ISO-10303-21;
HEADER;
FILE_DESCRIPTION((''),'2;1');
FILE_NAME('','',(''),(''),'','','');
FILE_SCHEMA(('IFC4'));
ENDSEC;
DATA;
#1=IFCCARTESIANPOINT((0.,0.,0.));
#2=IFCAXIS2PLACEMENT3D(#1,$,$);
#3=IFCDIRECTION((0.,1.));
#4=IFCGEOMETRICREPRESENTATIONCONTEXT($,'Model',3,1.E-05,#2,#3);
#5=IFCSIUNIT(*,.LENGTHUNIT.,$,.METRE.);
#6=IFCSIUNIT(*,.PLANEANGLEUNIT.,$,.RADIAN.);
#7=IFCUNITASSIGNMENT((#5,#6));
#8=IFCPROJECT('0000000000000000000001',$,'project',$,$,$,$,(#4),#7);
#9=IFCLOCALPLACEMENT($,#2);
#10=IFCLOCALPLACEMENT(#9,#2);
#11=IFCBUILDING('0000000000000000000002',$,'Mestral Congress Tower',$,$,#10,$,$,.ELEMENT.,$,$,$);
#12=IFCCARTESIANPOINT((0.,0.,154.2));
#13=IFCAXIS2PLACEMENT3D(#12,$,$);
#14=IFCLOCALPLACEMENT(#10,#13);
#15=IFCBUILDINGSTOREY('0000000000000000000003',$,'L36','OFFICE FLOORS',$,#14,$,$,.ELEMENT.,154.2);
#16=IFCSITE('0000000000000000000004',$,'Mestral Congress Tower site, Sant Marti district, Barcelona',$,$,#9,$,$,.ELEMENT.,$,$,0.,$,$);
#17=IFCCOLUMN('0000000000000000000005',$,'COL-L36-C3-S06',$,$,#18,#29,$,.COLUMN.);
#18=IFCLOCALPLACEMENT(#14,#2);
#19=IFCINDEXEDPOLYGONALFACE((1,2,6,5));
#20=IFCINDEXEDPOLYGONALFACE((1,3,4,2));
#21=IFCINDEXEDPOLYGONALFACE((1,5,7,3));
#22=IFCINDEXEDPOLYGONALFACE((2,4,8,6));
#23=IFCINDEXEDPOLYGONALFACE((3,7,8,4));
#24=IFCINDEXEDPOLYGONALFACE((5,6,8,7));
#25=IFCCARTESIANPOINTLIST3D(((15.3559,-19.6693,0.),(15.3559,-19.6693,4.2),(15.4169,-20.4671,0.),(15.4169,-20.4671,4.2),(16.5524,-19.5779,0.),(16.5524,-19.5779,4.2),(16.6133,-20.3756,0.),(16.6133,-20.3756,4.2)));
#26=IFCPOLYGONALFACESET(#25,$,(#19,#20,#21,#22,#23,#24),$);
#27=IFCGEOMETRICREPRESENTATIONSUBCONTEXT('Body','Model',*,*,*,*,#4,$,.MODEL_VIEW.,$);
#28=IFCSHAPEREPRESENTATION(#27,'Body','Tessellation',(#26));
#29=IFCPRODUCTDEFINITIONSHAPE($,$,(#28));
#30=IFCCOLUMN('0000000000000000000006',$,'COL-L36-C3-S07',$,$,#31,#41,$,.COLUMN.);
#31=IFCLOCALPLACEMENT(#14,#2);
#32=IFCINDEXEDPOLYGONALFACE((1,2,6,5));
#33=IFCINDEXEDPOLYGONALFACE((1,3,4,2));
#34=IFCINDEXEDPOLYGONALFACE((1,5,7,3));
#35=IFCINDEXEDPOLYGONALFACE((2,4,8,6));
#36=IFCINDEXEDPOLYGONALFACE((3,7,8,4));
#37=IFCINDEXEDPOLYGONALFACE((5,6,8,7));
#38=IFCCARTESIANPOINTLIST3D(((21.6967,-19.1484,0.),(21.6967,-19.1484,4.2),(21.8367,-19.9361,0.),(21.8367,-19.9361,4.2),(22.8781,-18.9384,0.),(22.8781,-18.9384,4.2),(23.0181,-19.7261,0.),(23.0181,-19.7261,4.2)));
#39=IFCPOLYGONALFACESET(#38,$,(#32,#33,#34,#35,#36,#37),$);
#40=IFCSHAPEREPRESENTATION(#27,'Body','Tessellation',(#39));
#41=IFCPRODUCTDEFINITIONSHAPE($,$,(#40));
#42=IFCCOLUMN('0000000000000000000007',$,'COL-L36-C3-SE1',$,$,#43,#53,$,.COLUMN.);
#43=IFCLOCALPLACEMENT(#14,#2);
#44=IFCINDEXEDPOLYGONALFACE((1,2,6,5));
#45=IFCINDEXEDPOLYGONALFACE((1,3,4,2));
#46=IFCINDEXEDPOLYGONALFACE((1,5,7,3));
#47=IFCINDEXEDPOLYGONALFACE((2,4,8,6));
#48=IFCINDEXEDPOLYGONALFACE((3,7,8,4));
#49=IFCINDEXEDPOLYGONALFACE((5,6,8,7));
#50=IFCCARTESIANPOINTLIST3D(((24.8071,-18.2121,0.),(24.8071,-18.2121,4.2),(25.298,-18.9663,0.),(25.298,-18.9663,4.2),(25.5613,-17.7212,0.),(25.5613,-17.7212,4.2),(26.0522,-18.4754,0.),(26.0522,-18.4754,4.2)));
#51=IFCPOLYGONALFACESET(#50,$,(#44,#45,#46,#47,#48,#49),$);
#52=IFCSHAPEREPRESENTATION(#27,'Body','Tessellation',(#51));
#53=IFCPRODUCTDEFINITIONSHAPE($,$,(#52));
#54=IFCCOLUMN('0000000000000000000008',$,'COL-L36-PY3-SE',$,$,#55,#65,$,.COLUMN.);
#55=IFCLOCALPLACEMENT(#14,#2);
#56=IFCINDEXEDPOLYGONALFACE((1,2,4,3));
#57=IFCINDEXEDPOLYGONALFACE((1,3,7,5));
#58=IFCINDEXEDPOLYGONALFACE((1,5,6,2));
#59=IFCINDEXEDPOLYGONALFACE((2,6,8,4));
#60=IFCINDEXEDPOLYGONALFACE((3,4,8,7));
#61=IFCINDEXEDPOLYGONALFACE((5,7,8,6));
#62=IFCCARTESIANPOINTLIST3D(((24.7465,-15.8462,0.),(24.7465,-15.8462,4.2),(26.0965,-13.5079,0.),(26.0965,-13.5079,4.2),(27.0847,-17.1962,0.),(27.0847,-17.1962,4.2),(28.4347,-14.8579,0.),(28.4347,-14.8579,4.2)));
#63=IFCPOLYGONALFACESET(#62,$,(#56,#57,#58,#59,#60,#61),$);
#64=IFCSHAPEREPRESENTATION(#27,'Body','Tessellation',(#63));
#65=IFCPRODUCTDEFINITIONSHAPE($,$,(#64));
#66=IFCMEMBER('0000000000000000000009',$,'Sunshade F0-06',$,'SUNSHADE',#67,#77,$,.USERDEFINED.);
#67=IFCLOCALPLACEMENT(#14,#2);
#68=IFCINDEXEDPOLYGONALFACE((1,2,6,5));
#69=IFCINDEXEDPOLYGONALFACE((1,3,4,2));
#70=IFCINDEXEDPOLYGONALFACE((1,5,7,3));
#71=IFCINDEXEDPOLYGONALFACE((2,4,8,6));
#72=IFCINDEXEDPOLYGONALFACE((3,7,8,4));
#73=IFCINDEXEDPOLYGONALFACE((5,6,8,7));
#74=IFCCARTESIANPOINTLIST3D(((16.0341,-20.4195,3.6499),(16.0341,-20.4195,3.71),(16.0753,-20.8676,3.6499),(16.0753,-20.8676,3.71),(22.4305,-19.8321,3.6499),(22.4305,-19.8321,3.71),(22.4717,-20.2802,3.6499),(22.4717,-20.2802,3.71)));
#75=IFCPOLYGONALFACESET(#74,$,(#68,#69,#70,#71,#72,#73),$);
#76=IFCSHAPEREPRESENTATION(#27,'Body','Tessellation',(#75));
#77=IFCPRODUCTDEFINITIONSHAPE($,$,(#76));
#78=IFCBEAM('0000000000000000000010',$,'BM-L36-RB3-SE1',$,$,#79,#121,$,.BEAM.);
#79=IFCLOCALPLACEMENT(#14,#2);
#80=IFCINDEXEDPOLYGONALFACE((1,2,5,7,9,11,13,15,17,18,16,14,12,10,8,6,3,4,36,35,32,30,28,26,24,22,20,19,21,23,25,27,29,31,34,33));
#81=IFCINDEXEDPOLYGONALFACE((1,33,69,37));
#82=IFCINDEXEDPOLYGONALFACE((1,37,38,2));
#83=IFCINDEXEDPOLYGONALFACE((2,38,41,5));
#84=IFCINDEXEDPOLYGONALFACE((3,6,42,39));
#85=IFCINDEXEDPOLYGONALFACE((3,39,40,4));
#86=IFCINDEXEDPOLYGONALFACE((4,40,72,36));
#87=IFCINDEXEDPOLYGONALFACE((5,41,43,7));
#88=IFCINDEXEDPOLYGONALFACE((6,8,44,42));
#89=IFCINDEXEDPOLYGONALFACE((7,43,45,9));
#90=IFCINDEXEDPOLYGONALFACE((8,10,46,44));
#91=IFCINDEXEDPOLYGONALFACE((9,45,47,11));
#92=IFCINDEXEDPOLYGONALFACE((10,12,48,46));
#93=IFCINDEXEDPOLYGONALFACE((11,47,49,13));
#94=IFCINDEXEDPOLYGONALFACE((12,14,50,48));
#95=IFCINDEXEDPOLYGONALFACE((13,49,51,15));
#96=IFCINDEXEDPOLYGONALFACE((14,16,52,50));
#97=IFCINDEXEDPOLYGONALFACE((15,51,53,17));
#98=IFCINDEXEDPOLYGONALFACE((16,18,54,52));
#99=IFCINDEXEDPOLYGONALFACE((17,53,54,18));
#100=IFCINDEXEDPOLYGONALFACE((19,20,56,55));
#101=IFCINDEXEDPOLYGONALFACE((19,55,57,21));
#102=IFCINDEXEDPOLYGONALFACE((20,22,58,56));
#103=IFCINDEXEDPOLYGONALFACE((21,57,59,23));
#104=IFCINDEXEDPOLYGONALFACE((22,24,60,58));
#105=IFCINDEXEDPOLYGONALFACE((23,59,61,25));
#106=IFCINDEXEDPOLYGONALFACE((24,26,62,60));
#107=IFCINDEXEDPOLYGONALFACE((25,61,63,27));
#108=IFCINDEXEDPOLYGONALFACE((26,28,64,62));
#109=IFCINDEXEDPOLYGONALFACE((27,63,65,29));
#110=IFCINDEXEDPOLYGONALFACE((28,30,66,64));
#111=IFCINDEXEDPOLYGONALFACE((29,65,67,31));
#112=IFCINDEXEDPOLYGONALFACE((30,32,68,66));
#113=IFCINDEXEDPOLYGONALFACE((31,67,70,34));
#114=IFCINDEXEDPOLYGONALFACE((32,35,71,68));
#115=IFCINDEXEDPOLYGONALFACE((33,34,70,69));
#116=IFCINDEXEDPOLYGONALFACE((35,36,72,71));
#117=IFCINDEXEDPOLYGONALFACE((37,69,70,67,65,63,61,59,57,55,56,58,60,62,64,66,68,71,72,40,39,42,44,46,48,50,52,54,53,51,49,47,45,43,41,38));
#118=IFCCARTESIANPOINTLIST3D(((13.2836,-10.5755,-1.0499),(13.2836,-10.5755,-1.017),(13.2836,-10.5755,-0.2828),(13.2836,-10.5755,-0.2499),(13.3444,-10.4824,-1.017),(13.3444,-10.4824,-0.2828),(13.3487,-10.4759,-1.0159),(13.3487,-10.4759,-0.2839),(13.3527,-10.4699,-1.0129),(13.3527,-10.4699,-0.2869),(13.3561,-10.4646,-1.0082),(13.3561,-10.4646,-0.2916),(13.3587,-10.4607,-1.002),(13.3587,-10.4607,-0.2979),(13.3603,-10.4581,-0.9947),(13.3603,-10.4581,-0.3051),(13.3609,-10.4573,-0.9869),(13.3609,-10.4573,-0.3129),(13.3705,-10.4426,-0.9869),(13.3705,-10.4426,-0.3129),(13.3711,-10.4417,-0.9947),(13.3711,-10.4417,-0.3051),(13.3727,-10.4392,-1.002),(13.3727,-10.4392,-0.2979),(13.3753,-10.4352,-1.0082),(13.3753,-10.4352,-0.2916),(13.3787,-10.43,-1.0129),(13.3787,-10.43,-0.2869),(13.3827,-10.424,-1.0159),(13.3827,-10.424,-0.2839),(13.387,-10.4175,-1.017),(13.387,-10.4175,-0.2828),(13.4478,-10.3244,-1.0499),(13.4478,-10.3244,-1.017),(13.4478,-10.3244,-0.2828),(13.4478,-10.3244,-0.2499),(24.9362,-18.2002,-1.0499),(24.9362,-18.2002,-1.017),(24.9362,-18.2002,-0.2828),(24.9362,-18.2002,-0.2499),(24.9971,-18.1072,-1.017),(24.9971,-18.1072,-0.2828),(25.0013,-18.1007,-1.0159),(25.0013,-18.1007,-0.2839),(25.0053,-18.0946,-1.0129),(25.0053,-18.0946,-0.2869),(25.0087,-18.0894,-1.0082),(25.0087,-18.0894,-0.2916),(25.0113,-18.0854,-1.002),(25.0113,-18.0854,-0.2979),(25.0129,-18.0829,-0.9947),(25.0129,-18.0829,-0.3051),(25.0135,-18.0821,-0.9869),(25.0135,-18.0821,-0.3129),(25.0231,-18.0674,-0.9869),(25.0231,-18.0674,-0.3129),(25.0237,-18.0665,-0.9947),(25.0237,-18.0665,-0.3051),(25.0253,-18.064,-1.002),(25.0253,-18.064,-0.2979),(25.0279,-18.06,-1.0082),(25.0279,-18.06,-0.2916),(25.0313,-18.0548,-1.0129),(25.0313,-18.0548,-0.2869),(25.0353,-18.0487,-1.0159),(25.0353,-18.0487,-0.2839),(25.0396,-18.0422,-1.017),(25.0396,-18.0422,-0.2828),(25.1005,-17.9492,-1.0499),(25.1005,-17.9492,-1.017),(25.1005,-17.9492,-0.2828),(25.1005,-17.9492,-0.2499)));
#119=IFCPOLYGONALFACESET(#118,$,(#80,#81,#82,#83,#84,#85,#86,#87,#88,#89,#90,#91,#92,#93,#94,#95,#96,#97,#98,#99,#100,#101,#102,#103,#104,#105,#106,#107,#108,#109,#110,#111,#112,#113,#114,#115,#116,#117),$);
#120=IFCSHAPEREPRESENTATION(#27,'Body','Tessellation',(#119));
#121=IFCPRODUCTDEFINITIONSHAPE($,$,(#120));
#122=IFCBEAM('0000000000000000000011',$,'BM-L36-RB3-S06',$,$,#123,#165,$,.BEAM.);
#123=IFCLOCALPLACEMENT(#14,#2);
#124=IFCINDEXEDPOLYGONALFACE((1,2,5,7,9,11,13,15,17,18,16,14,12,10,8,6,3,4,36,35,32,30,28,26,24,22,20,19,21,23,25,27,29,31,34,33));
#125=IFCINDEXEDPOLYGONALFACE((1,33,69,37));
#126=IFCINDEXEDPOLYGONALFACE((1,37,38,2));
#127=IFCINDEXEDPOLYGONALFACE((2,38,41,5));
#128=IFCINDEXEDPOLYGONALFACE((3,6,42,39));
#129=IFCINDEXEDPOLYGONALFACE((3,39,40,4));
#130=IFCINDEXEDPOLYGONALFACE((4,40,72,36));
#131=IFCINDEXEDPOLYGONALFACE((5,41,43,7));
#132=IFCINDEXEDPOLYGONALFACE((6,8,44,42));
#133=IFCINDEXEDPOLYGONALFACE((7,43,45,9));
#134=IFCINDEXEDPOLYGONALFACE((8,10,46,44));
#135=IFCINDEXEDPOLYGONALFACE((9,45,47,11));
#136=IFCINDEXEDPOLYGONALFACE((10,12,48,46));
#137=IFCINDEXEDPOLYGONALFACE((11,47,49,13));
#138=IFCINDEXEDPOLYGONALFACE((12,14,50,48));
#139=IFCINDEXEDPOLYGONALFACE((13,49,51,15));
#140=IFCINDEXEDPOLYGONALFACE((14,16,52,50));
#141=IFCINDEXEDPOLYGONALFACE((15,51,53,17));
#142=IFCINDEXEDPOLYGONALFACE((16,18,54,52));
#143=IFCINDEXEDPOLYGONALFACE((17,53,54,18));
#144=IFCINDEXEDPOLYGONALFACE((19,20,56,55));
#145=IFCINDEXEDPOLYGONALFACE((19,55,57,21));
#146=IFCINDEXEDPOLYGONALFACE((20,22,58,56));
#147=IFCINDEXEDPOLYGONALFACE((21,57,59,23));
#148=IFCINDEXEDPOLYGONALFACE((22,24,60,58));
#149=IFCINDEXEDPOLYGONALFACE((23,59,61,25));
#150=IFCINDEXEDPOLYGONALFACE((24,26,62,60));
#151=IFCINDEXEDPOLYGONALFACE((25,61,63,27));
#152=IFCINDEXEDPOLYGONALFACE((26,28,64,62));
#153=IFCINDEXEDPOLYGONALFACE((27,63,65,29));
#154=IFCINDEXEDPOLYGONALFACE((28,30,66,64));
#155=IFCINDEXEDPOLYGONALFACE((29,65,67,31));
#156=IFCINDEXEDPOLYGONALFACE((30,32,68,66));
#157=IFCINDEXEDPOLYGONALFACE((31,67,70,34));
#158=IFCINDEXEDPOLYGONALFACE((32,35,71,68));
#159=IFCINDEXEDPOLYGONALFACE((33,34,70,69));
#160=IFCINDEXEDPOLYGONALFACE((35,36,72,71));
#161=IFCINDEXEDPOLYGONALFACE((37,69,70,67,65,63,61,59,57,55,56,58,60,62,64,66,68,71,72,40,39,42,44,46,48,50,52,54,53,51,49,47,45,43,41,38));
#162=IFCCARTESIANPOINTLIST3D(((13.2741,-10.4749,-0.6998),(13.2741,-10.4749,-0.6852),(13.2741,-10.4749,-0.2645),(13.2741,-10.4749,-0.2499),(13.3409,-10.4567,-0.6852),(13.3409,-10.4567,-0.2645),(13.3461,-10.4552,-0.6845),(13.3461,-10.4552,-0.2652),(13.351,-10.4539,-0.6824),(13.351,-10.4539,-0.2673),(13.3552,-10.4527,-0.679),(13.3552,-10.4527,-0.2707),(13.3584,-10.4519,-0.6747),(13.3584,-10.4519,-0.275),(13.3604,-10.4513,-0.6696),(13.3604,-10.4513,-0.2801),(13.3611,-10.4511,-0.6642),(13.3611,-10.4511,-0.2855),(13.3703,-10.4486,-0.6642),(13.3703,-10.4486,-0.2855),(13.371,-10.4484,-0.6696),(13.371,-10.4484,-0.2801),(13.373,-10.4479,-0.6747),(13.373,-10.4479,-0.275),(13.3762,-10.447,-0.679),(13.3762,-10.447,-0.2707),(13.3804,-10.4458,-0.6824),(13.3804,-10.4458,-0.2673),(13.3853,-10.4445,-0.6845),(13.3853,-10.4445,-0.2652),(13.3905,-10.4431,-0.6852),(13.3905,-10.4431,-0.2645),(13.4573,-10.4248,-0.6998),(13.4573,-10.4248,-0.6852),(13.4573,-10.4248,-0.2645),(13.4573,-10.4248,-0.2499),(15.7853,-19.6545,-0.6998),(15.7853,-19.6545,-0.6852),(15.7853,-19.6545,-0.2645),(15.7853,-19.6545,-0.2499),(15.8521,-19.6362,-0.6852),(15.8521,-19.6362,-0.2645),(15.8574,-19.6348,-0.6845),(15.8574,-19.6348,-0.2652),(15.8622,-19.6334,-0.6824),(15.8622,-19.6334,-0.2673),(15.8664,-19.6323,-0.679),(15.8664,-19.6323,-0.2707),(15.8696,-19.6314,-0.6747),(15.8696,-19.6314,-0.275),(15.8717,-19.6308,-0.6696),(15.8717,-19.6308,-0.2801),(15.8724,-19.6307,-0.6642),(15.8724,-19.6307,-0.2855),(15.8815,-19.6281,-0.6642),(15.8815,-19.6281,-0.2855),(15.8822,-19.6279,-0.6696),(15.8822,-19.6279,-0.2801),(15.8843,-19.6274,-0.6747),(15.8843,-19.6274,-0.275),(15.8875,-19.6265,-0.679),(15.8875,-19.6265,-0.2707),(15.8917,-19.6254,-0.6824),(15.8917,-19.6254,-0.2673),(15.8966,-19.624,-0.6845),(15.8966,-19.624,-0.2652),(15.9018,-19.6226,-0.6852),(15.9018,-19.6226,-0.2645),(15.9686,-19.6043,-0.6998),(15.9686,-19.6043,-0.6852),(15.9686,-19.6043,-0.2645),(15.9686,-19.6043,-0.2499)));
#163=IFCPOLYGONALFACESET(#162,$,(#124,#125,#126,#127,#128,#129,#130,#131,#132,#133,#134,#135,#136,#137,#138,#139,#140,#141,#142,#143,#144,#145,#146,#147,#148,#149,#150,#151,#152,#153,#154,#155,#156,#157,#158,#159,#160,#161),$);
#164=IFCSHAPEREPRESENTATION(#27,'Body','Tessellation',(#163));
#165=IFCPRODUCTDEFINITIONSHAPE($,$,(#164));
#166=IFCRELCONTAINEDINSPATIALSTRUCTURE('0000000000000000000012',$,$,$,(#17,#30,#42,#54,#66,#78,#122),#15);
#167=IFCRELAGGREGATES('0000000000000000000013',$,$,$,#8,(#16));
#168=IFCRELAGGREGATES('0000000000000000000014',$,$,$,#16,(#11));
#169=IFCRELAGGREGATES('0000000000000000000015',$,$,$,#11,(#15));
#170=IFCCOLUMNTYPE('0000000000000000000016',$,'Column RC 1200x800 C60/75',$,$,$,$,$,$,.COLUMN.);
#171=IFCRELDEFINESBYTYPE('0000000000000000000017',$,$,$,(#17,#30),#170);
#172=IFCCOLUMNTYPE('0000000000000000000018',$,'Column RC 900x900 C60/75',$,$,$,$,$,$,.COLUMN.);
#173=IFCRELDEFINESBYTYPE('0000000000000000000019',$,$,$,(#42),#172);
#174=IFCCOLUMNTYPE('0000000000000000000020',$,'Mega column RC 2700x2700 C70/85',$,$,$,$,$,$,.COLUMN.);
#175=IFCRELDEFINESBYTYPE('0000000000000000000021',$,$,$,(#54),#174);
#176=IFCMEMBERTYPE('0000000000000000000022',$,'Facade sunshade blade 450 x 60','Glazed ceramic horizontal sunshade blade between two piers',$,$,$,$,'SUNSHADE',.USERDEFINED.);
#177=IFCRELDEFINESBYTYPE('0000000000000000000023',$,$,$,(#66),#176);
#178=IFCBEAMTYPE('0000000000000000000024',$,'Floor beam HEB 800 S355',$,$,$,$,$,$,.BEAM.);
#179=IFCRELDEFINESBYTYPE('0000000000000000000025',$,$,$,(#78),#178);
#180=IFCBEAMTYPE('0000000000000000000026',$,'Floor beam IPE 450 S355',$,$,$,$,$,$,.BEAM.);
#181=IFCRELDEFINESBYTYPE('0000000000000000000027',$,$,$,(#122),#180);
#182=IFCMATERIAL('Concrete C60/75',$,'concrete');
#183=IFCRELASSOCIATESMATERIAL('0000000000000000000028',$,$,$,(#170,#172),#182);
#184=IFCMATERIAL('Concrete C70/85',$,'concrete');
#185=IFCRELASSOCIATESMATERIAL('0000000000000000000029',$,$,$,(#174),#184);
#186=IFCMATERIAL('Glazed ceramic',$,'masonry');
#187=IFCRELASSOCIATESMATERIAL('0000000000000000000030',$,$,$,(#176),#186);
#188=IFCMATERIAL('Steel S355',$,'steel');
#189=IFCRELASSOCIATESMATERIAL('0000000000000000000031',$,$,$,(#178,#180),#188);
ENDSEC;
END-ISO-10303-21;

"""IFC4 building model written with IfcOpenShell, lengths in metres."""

from ifc_helpers import new_model, si_unit, direction, frame, origin, origin_2d, place, context, subcontext, project, spatial, rectangle, i_section, extrude, material, material_profile, profile_set, type_object, element, save


model = new_model("IFC4")

# Units and contexts
model_context = context("Model", 3, precision=1e-05, world=origin(), true_north=direction((0.0, 1.0)))
body_context = subcontext(model_context, "Body", "Model", "MODEL_VIEW")
ifc_project = project(units=[si_unit("LENGTHUNIT", "METRE"), si_unit("PLANEANGLEUNIT", "RADIAN")], contexts=[model_context])

# Site, building, storey
site_placement = place(None, origin())
site = spatial("IfcSite", under=ifc_project, at=site_placement, Name="Mestral Congress Tower site, Sant Marti district, Barcelona", CompositionType="ELEMENT", RefElevation=0.0)
building_placement = place(site_placement, origin())
building = spatial("IfcBuilding", under=site, at=building_placement, Name="Mestral Congress Tower", CompositionType="ELEMENT")
storey_placement = place(building_placement, frame((0.0, 0.0, 154.2)))
storey = spatial("IfcBuildingStorey", under=building, at=storey_placement, Name="L36", Description="OFFICE FLOORS", CompositionType="ELEMENT", Elevation=154.2)

# Columns
ifc_material_1 = material(Name="Concrete C60/75", Category="concrete")
ifc_material_profile_1 = material_profile(ifc_material_1, rectangle(XDim=1.2, YDim=0.8, at=origin_2d()), Name="RC 1200x800")
ifc_profile_set_1 = profile_set([ifc_material_profile_1], Name="Concrete C60/75")
column_type_1 = type_object("IfcColumnType", Name="Column RC 1200x800 C60/75", PredefinedType="COLUMN", material=ifc_profile_set_1)
for number, where, z_axis, x_axis, name in (
    (1, (15.9846, -20.0225, 0.0), (0.0, 0.0, 1.0), (0.99709, 0.076237, 0.0), "COL-L36-C3-S06"),
    (2, (22.3574, -19.4373, 0.0), (0.0, 0.0, 1.0), (0.984571, 0.174985, 0.0), "COL-L36-C3-S07"),
):
    element("IfcColumn", number, at=place(storey_placement, frame(where, z_axis=z_axis, x_axis=x_axis)), inside=storey, type_object=column_type_1, Name=name, PredefinedType="COLUMN", context=body_context, shape_type="SweptSolid", body=[
        extrude(rectangle(XDim=1.2, YDim=0.8, at=origin_2d()), origin(), (0.0, 0.0, 1.0), 4.2),
    ])
ifc_material_profile_2 = material_profile(ifc_material_1, rectangle(XDim=0.8999, YDim=0.8999, at=origin_2d()), Name="RC 900x900")
ifc_profile_set_2 = profile_set([ifc_material_profile_2], Name="Concrete C60/75")
column_type_2 = type_object("IfcColumnType", Name="Column RC 900x900 C60/75", PredefinedType="COLUMN", material=ifc_profile_set_2)
column_1_placement = place(storey_placement, frame((25.4297, -18.3438, 0.0), z_axis=(0.0, 0.0, 1.0), x_axis=(0.838094, 0.545526, 0.0)))
element("IfcColumn", 3, at=column_1_placement, inside=storey, type_object=column_type_2, Name="COL-L36-C3-SE1", PredefinedType="COLUMN", context=body_context, shape_type="SweptSolid", body=[
    extrude(rectangle(XDim=0.8999, YDim=0.8999, at=origin_2d()), origin(), (0.0, 0.0, 1.0), 4.2),
])
ifc_material_2 = material(Name="Concrete C70/85", Category="concrete")
ifc_material_profile_3 = material_profile(ifc_material_2, rectangle(XDim=2.7, YDim=2.7, at=origin_2d()), Name="RC 2700x2700")
ifc_profile_set_3 = profile_set([ifc_material_profile_3], Name="Concrete C70/85")
column_type_3 = type_object("IfcColumnType", Name="Mega column RC 2700x2700 C70/85", PredefinedType="COLUMN", material=ifc_profile_set_3)
column_2_placement = place(storey_placement, frame((26.5906, -15.3521, 0.0), z_axis=(0.0, 0.0, 1.0), x_axis=(0.866025, -0.5, 0.0)))
element("IfcColumn", 4, at=column_2_placement, inside=storey, type_object=column_type_3, Name="COL-L36-PY3-SE", PredefinedType="COLUMN", context=body_context, shape_type="SweptSolid", body=[
    extrude(rectangle(XDim=2.7, YDim=2.7, at=origin_2d()), origin(), (0.0, 0.0, 1.0), 4.2),
])

# Member
ifc_material_3 = material(Name="Glazed ceramic", Category="masonry")
ifc_material_profile_4 = material_profile(ifc_material_3, rectangle(XDim=0.45, YDim=0.0601, at=origin_2d()), Name="Ceramic blade 450 x 60")
ifc_profile_set_4 = profile_set([ifc_material_profile_4], Name="Glazed ceramic")
member_type = type_object("IfcMemberType", Name="Facade sunshade blade 450 x 60", Description="Glazed ceramic horizontal sunshade blade between two piers", ElementType="SUNSHADE", PredefinedType="USERDEFINED", material=ifc_profile_set_4)
member_placement = place(storey_placement, frame((16.0547, -20.6436, 3.6799), z_axis=(0.99581, 0.091447, 0.0), x_axis=(-0.091447, 0.99581, 0.0)))
element("IfcMember", 5, at=member_placement, inside=storey, type_object=member_type, Name="Sunshade F0-06", ObjectType="SUNSHADE", PredefinedType="USERDEFINED", context=body_context, shape_type="SweptSolid", body=[
    extrude(rectangle(XDim=0.45, YDim=0.0601, at=origin_2d()), origin(), (0.0, 0.0, 1.0), 6.4233),
])

# Beams
ifc_material_4 = material(Name="Steel S355", Category="steel")
ifc_material_profile_5 = material_profile(ifc_material_4, i_section(OverallWidth=0.3, OverallDepth=0.8, WebThickness=0.0176, FlangeThickness=0.033, FilletRadius=0.03, at=origin_2d()), Name="HEB 800")
ifc_profile_set_5 = profile_set([ifc_material_profile_5], Name="Steel S355")
beam_type_1 = type_object("IfcBeamType", Name="Floor beam HEB 800 S355", PredefinedType="BEAM", material=ifc_profile_set_5)
beam_1_placement = place(storey_placement, frame((25.0183, -18.0747, -0.6499), z_axis=(-0.83678, 0.547539, 0.0), x_axis=(-0.547539, -0.83678, 0.0)))
element("IfcBeam", 6, at=beam_1_placement, inside=storey, type_object=beam_type_1, Name="BM-L36-RB3-SE1", PredefinedType="BEAM", context=body_context, shape_type="SweptSolid", body=[
    extrude(i_section(OverallWidth=0.3, OverallDepth=0.8, WebThickness=0.0176, FlangeThickness=0.033, FilletRadius=0.03, at=origin_2d()), origin(), (0.0, 0.0, 1.0), 13.9255),
])
ifc_material_profile_6 = material_profile(ifc_material_4, i_section(OverallWidth=0.1899, OverallDepth=0.45, WebThickness=0.0095, FlangeThickness=0.0146, FilletRadius=0.021, at=origin_2d()), Name="IPE 450")
ifc_profile_set_6 = profile_set([ifc_material_profile_6], Name="Steel S355")
beam_type_2 = type_object("IfcBeamType", Name="Floor beam IPE 450 S355", PredefinedType="BEAM", material=ifc_profile_set_6)
beam_2_placement = place(storey_placement, frame((15.877, -19.6294, -0.4749), z_axis=(-0.263875, 0.964557, 0.0), x_axis=(-0.964557, -0.263875, 0.0)))
element("IfcBeam", 7, at=beam_2_placement, inside=storey, type_object=beam_type_2, Name="BM-L36-RB3-S06", PredefinedType="BEAM", context=body_context, shape_type="SweptSolid", body=[
    extrude(i_section(OverallWidth=0.1899, OverallDepth=0.45, WebThickness=0.0095, FlangeThickness=0.0146, FilletRadius=0.021, at=origin_2d()), origin(), (0.0, 0.0, 1.0), 9.5168),
])

save(model, "model.ifc")
